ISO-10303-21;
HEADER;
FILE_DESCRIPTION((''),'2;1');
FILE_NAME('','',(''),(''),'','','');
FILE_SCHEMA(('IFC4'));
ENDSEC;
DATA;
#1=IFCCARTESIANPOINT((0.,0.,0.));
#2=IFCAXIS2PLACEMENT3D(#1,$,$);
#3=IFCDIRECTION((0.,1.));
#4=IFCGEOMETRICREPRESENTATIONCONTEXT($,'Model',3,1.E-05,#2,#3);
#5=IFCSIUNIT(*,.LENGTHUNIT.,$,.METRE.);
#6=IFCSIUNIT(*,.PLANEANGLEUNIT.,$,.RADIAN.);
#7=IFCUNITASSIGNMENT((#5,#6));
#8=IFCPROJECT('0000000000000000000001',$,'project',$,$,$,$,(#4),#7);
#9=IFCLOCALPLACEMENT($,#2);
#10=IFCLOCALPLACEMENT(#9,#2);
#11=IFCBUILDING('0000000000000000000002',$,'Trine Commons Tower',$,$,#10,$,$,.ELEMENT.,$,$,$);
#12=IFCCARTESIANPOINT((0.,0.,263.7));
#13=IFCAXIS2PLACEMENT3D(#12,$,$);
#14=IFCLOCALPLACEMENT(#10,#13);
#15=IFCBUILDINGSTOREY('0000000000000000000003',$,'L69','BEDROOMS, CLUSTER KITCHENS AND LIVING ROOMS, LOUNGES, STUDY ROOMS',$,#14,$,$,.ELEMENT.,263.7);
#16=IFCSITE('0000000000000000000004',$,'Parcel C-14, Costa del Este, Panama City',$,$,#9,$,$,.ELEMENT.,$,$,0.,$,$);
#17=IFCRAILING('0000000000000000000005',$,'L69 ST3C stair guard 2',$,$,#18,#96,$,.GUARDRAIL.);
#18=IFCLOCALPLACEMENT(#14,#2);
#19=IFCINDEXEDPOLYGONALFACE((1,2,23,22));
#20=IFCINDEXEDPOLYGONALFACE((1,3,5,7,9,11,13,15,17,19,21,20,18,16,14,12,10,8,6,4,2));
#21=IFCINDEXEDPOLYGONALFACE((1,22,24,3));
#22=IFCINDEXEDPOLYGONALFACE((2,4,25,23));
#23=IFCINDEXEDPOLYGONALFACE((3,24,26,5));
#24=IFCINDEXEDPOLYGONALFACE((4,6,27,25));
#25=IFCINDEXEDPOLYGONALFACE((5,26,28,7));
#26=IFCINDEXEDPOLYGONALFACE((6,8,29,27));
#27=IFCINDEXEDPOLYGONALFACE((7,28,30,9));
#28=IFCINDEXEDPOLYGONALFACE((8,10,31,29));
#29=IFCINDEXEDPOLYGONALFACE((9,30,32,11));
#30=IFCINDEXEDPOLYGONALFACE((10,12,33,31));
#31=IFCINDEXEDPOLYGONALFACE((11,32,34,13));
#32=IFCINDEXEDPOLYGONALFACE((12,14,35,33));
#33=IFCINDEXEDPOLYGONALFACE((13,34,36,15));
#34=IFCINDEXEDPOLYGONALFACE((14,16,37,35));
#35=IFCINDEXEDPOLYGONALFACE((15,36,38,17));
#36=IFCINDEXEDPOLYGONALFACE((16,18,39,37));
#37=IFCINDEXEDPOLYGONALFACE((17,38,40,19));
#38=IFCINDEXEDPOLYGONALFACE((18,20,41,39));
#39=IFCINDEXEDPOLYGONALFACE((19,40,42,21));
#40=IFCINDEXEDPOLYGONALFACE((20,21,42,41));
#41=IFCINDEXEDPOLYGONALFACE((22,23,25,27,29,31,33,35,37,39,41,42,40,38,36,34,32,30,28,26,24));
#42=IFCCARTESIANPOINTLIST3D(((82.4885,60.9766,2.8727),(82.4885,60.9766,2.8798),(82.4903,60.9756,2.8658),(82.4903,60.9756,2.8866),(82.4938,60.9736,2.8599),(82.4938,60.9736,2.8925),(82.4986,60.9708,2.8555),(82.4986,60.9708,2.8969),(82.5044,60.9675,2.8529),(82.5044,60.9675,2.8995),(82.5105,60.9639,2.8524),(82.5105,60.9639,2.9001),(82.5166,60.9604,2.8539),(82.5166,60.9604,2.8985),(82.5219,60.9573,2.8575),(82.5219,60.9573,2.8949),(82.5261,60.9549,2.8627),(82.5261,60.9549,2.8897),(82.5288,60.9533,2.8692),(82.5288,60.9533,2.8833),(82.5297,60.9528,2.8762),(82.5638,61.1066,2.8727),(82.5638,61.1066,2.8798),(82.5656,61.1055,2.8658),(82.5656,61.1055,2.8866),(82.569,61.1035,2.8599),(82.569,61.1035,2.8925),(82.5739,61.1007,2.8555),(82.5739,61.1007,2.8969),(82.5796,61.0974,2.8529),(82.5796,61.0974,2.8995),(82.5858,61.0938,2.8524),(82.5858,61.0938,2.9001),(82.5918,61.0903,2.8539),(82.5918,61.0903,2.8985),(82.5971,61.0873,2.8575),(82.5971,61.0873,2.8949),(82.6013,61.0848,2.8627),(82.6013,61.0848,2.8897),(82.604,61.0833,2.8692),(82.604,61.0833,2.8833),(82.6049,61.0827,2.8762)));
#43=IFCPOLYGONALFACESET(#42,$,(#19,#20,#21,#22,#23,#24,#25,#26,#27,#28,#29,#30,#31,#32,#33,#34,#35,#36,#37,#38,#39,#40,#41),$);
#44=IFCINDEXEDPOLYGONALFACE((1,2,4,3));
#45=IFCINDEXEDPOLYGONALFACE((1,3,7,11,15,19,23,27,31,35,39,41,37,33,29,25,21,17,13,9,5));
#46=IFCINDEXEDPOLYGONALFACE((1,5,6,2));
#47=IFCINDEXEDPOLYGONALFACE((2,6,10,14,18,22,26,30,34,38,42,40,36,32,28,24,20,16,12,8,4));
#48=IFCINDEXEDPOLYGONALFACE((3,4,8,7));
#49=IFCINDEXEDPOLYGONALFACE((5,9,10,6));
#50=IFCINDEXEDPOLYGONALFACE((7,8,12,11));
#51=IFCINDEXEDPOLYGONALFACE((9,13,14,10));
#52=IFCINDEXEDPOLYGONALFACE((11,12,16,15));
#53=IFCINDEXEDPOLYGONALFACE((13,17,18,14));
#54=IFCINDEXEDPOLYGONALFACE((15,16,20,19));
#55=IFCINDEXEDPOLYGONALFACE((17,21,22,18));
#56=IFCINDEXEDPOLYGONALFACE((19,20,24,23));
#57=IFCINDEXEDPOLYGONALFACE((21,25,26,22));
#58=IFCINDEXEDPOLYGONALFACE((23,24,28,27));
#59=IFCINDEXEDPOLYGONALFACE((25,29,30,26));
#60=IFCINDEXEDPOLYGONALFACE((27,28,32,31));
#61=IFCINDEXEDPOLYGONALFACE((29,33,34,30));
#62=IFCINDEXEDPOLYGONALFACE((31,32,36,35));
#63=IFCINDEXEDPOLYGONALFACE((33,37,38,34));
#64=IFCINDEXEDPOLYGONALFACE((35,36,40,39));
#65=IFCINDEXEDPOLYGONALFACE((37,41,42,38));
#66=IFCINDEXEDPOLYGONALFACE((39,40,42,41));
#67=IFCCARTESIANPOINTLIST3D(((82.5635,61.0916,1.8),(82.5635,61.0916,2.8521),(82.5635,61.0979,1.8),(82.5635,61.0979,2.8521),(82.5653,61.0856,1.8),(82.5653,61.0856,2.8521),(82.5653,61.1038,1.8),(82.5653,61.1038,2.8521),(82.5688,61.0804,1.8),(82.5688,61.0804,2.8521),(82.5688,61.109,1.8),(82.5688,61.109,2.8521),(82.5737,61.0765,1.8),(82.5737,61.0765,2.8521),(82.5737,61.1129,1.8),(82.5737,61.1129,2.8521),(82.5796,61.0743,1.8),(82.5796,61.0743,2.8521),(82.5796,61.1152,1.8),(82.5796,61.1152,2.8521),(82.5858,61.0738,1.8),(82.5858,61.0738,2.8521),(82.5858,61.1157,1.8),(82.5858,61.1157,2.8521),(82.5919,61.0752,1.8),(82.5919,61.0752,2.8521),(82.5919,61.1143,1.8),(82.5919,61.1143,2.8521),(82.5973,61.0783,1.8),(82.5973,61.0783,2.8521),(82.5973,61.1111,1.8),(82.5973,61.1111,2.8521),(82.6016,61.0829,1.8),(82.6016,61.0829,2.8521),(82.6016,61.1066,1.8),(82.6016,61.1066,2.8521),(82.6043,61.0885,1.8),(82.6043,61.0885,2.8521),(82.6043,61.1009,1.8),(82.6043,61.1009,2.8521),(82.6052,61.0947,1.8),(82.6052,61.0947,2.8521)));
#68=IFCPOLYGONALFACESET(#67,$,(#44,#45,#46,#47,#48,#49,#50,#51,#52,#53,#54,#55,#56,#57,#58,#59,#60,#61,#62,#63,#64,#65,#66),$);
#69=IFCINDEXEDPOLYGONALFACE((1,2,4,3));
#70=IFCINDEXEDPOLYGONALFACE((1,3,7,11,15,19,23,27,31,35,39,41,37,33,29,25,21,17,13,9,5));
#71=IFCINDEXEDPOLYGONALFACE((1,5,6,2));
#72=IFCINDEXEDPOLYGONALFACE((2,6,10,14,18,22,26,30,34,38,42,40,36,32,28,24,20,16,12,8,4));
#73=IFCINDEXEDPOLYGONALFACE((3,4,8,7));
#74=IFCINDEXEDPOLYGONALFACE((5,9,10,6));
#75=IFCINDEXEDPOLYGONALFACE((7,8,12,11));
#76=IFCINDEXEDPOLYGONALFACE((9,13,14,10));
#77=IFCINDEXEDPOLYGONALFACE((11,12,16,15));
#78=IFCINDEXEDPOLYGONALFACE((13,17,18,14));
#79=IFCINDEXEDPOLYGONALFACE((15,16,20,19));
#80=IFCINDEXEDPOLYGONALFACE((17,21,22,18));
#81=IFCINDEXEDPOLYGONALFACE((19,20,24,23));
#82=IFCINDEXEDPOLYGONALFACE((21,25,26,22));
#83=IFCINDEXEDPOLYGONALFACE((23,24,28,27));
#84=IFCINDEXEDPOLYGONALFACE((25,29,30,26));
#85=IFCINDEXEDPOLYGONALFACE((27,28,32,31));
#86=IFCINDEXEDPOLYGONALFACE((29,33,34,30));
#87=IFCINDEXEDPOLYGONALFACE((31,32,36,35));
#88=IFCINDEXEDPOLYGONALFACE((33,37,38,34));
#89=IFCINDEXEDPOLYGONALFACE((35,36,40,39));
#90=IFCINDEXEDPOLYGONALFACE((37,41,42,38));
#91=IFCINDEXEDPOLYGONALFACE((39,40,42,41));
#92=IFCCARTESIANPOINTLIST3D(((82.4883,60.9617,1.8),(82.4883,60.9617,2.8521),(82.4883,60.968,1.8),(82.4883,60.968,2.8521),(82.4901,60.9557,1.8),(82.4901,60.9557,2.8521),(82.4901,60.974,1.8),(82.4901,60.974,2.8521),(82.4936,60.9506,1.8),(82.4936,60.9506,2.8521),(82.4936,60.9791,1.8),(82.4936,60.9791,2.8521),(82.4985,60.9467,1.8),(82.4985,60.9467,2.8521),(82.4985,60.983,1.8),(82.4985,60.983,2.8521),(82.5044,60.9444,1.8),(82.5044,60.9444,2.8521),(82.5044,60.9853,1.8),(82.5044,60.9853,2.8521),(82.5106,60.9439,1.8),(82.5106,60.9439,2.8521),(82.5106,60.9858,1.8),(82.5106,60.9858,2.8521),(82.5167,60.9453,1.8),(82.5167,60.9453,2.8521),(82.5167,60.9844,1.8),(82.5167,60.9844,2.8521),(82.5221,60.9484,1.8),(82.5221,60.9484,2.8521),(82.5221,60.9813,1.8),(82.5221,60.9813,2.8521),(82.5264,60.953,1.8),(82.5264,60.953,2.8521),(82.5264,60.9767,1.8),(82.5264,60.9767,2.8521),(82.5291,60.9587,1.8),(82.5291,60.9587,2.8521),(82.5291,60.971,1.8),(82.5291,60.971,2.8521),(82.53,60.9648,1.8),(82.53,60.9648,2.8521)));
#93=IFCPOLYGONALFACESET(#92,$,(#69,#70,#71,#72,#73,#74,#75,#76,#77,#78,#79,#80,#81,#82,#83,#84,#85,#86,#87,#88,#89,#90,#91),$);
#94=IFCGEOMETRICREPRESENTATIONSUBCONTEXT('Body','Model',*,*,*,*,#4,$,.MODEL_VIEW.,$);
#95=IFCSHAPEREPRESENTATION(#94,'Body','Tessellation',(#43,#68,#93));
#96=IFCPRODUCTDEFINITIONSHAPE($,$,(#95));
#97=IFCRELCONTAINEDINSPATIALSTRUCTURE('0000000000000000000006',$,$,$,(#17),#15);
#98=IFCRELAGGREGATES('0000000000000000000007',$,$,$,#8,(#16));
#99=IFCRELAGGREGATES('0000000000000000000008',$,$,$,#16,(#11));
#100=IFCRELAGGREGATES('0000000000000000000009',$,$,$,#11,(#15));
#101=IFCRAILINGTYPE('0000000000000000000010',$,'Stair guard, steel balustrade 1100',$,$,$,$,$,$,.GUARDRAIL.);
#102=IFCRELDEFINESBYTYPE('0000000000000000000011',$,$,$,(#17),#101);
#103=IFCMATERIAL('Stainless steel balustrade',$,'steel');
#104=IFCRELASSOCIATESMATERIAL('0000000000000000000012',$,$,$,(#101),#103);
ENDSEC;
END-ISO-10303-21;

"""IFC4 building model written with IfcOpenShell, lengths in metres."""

from ifc_helpers import new_model, si_unit, direction, frame, origin, origin_2d, place, context, subcontext, project, spatial, circle, extrude, material, type_object, element, save


model = new_model("IFC4")

# Units and contexts
model_context = context("Model", 3, precision=1e-05, world=origin(), true_north=direction((0.0, 1.0)))
body_context = subcontext(model_context, "Body", "Model", "MODEL_VIEW")
ifc_project = project(units=[si_unit("LENGTHUNIT", "METRE"), si_unit("PLANEANGLEUNIT", "RADIAN")], contexts=[model_context])

# Site, building, storey
site_placement = place(None, origin())
site = spatial("IfcSite", under=ifc_project, at=site_placement, Name="Parcel C-14, Costa del Este, Panama City", CompositionType="ELEMENT", RefElevation=0.0)
building_placement = place(site_placement, origin())
building = spatial("IfcBuilding", under=site, at=building_placement, Name="Trine Commons Tower", CompositionType="ELEMENT")
storey_placement = place(building_placement, frame((0.0, 0.0, 263.7)))
storey = spatial("IfcBuildingStorey", under=building, at=storey_placement, Name="L69", Description="BEDROOMS, CLUSTER KITCHENS AND LIVING ROOMS, LOUNGES, STUDY ROOMS", CompositionType="ELEMENT", Elevation=263.7)

# Railing
ifc_material_1 = material(Name="Stainless steel balustrade", Category="steel")
railing_type_1 = type_object("IfcRailingType", Name="Stair guard, steel balustrade 1100", PredefinedType="GUARDRAIL", material=ifc_material_1)
railing_1_placement = place(storey_placement, frame((82.5842, 61.0947, 1.8)))
element("IfcRailing", 1, at=railing_1_placement, inside=storey, type_object=railing_type_1, Name="L69 ST3C stair guard 2", PredefinedType="GUARDRAIL", context=body_context, shape_type="SweptSolid", body=[
    extrude(circle(Radius=0.0239, at=origin_2d()), frame((0.0, 0.0, 1.0762), z_axis=(-0.501036, -0.865426, 0.0), x_axis=(0.865426, -0.501036, 0.0)), (0.0, 0.0, 1.0), 0.1501),
    extrude(circle(Radius=0.021, at=origin_2d()), origin(), (0.0, 0.0, 1.0), 1.052),
    extrude(circle(Radius=0.021, at=origin_2d()), frame((-0.0752, -0.1299, 0.0)), (0.0, 0.0, 1.0), 1.052),
])

save(model, "model.ifc")
